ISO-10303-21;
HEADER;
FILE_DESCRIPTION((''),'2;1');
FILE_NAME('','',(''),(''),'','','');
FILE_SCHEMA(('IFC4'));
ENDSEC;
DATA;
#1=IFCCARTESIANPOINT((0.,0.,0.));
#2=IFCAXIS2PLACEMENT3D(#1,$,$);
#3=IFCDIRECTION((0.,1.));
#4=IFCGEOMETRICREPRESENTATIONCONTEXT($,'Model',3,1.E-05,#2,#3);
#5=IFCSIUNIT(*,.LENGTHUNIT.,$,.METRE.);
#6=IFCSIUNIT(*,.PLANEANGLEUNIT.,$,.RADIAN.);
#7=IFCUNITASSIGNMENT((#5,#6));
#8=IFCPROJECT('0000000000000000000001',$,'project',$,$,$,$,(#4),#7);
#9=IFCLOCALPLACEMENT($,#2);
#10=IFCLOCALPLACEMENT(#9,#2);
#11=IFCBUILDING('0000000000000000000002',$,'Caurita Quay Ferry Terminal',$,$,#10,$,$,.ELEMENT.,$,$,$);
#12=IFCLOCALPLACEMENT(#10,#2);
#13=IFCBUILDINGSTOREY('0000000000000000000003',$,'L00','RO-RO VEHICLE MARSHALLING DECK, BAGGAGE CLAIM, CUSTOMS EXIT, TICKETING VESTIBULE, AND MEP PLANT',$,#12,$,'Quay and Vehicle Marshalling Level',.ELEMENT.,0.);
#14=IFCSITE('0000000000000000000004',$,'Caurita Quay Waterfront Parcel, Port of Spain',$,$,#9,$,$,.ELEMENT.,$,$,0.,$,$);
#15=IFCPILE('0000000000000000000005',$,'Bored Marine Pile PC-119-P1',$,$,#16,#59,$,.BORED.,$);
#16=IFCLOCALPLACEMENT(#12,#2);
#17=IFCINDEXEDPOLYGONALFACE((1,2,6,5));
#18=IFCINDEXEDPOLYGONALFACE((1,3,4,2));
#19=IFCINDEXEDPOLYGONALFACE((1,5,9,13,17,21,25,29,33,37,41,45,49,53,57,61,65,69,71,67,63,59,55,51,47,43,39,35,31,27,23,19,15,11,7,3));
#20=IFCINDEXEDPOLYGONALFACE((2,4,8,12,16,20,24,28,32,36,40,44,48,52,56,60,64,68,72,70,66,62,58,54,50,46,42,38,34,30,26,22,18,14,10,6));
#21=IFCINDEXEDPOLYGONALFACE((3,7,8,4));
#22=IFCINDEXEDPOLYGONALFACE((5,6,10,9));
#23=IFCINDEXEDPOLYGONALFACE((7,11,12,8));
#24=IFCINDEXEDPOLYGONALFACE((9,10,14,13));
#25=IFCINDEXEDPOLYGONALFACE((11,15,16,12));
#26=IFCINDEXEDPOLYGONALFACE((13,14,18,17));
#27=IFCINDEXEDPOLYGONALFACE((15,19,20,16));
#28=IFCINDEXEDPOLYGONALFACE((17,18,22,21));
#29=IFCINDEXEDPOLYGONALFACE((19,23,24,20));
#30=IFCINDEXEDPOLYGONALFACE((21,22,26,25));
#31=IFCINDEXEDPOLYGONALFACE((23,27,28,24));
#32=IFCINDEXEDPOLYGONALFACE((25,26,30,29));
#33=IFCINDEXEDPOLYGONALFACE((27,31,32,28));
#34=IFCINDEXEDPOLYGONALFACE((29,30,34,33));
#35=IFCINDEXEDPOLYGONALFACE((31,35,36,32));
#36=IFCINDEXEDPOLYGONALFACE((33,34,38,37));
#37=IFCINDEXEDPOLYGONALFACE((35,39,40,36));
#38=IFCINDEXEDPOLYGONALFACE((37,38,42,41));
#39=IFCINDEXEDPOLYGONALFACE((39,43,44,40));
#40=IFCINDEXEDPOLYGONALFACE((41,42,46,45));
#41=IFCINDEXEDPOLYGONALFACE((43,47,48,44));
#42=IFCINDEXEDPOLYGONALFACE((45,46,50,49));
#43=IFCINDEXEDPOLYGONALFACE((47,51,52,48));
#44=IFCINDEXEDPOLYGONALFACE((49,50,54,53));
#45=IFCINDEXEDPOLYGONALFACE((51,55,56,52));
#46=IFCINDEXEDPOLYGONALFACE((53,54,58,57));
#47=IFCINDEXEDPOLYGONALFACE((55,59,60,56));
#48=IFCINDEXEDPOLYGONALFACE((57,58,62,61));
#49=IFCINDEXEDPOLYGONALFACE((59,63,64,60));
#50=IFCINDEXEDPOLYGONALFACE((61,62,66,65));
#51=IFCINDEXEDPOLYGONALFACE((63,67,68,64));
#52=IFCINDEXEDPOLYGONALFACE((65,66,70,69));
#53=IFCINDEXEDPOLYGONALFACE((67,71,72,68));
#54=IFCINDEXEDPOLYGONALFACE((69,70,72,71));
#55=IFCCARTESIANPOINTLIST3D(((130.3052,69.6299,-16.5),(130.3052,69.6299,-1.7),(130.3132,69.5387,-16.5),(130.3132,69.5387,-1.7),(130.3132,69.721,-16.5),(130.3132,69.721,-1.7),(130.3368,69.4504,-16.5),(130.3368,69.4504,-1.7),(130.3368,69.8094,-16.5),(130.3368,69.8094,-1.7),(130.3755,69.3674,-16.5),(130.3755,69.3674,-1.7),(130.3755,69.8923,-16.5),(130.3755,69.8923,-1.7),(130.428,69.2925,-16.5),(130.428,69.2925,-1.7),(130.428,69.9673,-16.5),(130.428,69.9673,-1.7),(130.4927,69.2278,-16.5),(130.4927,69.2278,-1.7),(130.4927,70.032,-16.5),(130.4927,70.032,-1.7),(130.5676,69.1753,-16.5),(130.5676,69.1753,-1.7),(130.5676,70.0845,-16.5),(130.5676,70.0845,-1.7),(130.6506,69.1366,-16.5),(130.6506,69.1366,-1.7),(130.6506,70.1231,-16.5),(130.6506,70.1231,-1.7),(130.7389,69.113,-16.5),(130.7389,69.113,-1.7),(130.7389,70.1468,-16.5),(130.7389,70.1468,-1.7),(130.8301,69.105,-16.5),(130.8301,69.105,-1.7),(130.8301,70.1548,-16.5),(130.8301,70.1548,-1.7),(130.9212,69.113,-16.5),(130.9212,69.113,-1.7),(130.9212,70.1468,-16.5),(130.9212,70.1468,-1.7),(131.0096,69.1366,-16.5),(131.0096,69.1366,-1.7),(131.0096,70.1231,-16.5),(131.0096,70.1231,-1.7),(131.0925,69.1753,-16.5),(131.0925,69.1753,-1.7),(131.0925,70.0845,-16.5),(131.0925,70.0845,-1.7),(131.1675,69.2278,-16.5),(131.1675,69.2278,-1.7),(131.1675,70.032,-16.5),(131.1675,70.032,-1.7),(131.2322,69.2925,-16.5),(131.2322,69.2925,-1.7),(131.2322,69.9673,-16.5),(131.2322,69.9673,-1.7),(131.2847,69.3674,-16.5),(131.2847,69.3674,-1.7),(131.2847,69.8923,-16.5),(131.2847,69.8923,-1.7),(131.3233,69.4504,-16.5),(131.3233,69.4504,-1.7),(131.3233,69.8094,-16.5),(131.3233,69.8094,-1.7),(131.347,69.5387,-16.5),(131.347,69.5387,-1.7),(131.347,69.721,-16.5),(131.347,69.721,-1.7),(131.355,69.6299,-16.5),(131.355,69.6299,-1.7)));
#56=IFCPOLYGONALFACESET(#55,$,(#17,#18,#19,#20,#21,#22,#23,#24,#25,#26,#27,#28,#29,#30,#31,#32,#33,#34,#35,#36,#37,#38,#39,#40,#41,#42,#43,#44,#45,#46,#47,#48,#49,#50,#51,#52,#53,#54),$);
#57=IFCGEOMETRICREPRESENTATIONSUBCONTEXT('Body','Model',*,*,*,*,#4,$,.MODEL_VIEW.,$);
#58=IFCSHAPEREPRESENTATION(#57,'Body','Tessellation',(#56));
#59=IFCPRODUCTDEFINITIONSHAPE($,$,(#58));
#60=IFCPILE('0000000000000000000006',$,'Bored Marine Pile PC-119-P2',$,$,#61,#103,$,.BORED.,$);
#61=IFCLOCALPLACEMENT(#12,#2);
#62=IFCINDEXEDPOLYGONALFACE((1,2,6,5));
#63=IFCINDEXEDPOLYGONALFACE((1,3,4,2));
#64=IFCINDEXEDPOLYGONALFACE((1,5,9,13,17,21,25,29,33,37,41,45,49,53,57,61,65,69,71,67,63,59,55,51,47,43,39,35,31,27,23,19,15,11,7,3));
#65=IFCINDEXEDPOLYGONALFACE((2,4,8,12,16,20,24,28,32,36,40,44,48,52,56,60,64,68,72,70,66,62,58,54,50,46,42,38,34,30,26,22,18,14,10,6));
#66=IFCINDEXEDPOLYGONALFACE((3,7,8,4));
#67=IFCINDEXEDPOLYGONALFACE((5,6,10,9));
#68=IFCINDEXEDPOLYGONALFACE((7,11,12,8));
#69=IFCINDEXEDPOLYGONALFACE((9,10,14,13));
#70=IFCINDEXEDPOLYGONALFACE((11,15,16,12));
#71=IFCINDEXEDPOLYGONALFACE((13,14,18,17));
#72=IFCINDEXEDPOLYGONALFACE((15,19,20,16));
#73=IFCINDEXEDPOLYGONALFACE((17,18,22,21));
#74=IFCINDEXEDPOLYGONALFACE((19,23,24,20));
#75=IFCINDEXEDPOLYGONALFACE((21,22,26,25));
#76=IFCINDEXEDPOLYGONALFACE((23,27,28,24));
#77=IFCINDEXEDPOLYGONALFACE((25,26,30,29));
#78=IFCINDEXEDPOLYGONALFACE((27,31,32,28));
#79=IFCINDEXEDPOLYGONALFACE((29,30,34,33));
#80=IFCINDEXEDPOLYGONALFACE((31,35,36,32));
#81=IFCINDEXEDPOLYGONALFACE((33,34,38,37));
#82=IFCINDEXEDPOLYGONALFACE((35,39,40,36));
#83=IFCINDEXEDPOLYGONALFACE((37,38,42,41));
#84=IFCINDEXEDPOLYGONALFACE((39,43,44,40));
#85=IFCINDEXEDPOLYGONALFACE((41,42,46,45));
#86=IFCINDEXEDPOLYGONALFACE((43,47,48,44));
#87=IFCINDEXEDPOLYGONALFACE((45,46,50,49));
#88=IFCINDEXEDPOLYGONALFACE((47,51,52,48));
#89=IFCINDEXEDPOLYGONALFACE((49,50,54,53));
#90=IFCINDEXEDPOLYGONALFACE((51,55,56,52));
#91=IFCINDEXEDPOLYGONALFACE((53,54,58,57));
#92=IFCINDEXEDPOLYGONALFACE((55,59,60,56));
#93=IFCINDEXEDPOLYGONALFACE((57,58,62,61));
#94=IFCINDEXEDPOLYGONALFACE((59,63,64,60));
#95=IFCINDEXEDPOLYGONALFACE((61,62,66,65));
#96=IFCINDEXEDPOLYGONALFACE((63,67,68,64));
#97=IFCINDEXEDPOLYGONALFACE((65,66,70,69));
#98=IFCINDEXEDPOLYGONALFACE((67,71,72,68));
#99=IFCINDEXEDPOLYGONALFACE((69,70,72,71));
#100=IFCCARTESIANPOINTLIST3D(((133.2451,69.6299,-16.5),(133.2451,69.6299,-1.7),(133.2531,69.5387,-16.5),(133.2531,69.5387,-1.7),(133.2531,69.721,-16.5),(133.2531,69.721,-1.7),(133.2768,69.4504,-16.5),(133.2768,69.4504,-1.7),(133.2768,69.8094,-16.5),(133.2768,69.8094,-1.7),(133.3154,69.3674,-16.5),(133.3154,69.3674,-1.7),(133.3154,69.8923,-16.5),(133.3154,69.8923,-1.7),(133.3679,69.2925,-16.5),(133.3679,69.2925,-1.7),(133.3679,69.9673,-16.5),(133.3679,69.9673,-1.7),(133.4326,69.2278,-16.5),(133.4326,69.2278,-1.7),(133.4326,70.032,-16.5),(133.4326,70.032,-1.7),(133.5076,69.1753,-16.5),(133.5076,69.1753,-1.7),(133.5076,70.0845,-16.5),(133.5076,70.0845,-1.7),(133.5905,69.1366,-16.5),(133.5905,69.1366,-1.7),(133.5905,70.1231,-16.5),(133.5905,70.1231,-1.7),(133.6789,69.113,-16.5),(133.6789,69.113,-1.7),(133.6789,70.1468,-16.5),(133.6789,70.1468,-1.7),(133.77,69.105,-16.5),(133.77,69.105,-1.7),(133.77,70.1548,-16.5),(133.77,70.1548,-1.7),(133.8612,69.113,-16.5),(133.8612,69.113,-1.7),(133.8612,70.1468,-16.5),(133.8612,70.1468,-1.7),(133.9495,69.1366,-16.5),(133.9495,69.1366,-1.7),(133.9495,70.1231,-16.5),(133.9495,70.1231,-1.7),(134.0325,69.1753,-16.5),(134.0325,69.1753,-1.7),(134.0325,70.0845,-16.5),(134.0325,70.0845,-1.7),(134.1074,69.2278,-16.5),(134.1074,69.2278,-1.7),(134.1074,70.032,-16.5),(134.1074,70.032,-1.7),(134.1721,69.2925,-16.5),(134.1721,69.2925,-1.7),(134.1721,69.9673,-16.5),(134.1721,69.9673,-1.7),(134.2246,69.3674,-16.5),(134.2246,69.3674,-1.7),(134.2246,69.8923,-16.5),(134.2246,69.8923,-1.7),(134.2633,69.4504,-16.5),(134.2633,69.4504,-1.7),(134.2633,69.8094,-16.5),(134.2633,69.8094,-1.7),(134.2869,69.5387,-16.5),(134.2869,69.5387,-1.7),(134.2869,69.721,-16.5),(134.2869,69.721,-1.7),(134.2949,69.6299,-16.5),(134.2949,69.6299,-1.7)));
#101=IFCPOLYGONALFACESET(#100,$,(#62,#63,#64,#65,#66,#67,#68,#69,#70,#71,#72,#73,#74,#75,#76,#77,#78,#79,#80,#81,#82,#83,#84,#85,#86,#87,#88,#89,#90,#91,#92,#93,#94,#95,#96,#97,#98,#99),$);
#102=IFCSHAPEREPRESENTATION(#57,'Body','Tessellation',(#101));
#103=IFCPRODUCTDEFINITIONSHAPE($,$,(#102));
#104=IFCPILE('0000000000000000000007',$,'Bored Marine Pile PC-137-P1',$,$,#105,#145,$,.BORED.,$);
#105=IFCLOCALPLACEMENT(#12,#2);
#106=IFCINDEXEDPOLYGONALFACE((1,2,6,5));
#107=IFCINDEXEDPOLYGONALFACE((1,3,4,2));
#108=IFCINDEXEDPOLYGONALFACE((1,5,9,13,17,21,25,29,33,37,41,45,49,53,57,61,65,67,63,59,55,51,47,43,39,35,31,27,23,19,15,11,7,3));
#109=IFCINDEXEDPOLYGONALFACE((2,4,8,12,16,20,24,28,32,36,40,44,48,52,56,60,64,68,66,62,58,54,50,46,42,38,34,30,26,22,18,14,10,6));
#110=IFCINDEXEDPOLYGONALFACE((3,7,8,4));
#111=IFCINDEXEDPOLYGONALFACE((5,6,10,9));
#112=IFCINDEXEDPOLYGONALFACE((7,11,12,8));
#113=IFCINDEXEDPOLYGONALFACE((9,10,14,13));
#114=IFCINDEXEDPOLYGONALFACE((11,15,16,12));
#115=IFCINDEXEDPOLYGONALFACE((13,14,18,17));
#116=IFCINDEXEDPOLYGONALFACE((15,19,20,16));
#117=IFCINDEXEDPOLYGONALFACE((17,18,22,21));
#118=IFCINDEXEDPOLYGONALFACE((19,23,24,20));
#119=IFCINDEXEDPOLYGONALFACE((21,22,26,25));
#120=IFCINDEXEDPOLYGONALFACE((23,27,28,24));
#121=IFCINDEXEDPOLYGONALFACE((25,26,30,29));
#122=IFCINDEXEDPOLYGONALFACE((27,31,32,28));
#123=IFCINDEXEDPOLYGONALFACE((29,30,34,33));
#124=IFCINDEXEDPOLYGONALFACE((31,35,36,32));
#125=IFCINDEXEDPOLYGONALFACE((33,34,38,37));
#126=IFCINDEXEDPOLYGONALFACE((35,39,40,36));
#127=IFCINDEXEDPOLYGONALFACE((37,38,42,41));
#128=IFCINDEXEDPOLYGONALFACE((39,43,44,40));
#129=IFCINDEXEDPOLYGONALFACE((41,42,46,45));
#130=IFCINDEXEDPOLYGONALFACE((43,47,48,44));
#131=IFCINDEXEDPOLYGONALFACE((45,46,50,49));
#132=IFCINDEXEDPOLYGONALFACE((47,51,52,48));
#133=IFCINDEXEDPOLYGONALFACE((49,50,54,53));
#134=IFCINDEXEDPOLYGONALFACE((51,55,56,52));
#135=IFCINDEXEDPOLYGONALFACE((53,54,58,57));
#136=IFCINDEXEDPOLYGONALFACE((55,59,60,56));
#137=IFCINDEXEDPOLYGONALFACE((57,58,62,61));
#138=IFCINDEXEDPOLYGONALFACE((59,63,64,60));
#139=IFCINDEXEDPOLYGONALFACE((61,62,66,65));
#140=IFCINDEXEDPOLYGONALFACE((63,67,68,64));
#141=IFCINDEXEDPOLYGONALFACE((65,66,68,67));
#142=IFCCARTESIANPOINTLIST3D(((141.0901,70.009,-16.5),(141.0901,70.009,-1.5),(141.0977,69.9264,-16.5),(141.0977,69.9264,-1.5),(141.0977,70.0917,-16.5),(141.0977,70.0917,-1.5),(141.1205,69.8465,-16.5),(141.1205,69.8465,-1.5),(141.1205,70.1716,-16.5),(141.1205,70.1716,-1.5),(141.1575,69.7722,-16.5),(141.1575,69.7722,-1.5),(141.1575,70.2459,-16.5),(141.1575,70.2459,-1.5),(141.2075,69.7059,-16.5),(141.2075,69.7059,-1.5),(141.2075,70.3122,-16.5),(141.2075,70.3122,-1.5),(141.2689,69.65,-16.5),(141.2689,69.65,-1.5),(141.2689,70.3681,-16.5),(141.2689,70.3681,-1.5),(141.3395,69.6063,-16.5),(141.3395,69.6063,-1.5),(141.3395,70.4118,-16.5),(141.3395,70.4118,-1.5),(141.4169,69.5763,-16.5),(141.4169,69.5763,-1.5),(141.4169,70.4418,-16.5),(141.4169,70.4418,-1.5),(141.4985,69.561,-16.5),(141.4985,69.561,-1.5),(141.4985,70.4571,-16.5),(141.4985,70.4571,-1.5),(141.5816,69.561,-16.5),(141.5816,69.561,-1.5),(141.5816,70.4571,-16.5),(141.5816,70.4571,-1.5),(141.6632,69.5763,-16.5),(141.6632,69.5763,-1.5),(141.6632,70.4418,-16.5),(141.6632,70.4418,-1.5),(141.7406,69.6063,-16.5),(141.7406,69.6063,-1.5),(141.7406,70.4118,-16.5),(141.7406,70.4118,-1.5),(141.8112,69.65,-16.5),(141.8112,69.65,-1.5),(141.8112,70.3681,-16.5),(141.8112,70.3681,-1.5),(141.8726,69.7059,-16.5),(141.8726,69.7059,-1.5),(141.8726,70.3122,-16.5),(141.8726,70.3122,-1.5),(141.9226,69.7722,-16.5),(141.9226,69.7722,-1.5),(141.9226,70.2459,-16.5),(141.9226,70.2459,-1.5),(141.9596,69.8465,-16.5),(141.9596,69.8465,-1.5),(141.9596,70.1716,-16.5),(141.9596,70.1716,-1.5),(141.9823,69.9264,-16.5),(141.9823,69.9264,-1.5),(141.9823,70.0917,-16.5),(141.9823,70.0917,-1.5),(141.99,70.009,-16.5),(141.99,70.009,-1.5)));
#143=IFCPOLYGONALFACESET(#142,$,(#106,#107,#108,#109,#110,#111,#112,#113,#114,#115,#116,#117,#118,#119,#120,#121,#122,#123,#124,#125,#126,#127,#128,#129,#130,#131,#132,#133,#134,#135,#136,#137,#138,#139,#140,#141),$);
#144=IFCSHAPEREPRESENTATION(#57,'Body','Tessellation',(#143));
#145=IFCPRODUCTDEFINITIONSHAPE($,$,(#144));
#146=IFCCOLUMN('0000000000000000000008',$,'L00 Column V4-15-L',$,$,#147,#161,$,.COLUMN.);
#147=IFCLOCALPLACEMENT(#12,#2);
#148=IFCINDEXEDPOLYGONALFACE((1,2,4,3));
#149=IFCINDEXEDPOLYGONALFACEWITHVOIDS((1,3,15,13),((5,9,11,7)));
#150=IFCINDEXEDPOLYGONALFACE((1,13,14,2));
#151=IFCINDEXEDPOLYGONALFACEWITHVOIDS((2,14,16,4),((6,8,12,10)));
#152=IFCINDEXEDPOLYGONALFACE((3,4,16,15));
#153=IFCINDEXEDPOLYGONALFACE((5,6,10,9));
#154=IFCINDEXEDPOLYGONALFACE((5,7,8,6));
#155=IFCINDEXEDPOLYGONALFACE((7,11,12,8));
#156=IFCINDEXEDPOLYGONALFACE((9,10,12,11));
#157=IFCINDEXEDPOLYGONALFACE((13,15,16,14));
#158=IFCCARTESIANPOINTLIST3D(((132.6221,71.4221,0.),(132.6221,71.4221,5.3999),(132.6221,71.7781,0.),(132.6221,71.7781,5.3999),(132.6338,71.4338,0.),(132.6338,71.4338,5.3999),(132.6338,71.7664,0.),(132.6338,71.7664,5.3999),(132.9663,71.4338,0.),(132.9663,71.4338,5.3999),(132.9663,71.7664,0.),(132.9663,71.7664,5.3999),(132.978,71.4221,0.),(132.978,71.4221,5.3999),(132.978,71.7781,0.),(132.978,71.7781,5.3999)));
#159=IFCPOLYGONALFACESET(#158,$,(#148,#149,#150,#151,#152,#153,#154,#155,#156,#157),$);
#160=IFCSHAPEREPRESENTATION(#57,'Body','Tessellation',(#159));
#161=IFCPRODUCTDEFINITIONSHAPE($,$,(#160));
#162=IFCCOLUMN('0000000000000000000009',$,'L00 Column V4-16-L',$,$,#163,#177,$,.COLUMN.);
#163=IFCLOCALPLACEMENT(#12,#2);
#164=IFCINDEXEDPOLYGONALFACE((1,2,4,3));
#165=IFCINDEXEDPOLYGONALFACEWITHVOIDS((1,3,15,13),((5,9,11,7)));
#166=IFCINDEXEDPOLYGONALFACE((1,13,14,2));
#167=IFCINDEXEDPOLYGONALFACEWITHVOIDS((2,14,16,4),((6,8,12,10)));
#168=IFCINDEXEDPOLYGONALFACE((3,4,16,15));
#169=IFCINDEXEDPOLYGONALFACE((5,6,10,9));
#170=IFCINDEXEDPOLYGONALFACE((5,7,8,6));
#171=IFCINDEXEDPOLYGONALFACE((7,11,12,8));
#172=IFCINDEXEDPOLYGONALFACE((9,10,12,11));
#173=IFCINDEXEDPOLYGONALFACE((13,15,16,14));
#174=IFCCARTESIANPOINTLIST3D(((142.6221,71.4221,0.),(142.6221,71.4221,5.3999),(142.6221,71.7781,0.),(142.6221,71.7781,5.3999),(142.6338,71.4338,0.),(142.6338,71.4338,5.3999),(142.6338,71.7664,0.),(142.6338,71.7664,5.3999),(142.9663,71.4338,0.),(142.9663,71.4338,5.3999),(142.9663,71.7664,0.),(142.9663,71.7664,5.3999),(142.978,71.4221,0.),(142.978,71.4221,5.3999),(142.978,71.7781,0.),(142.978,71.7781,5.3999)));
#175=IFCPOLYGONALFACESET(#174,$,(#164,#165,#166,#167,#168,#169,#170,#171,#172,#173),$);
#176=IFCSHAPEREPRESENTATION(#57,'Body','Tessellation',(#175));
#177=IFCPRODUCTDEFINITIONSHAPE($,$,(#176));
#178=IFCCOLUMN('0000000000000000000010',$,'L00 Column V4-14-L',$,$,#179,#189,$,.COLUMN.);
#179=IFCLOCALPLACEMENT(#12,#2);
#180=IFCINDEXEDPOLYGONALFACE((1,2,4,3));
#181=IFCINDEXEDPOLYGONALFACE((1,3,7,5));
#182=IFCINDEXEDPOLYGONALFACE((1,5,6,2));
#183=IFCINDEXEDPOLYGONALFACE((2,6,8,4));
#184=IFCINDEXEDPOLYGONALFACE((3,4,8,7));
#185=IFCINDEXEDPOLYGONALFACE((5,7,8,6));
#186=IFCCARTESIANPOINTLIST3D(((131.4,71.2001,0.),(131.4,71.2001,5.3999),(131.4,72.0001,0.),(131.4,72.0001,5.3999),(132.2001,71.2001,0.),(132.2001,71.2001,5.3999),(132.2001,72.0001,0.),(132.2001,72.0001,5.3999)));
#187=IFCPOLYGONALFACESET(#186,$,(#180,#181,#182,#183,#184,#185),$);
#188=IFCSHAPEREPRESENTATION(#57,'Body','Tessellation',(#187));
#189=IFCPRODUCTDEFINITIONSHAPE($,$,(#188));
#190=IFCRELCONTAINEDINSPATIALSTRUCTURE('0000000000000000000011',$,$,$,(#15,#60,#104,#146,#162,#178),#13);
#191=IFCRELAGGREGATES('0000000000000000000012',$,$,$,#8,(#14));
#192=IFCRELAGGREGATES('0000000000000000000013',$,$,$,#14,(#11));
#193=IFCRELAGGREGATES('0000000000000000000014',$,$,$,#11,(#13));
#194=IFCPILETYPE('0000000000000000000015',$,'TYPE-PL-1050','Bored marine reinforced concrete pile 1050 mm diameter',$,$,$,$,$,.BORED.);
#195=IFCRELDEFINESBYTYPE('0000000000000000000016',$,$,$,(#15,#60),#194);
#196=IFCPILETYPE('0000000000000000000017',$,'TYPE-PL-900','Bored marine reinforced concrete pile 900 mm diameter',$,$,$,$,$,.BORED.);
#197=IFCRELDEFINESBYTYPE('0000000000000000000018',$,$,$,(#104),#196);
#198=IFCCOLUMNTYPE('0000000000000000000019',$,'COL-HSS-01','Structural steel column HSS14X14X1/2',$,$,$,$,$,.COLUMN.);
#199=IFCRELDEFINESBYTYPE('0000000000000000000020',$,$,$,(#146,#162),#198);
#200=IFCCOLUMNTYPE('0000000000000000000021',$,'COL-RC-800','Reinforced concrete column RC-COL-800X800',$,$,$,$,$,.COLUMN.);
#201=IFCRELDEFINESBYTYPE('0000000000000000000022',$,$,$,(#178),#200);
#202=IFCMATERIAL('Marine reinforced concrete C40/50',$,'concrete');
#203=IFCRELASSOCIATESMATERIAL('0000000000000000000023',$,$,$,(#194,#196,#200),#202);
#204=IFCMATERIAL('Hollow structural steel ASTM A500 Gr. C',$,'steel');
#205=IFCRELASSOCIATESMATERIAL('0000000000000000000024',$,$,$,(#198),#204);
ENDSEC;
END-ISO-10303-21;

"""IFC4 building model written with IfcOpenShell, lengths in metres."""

from ifc_helpers import new_model, si_unit, direction, frame, origin, origin_2d, place, context, subcontext, project, spatial, rectangle, hollow_rectangle, circle, extrude, material, material_profile, profile_set, type_object, element, save


model = new_model("IFC4")

# Units and contexts
model_context = context("Model", 3, precision=1e-05, world=origin(), true_north=direction((0.0, 1.0)))
body_context = subcontext(model_context, "Body", "Model", "MODEL_VIEW")
ifc_project = project(units=[si_unit("LENGTHUNIT", "METRE"), si_unit("PLANEANGLEUNIT", "RADIAN")], contexts=[model_context])

# Site, building, storey
site_placement = place(None, origin())
site = spatial("IfcSite", under=ifc_project, at=site_placement, Name="Caurita Quay Waterfront Parcel, Port of Spain", CompositionType="ELEMENT", RefElevation=0.0)
building_placement = place(site_placement, origin())
building = spatial("IfcBuilding", under=site, at=building_placement, Name="Caurita Quay Ferry Terminal", CompositionType="ELEMENT")
storey_placement = place(building_placement, origin())
storey = spatial("IfcBuildingStorey", under=building, at=storey_placement, Name="L00", Description="RO-RO VEHICLE MARSHALLING DECK, BAGGAGE CLAIM, CUSTOMS EXIT, TICKETING VESTIBULE, AND MEP PLANT", LongName="Quay and Vehicle Marshalling Level", CompositionType="ELEMENT", Elevation=0.0)

# Piles
ifc_material_1 = material(Name="Marine reinforced concrete C40/50", Category="concrete")
ifc_material_profile_1 = material_profile(ifc_material_1, circle(Radius=0.5249, at=origin_2d()), Name="PILE-D1050")
ifc_profile_set_1 = profile_set([ifc_material_profile_1], Name="Marine reinforced concrete C40/50")
pile_type_1 = type_object("IfcPileType", Name="TYPE-PL-1050", Description="Bored marine reinforced concrete pile 1050 mm diameter", PredefinedType="BORED", material=ifc_profile_set_1)
for number, where, z_axis, x_axis, name in (
    (1, (130.8301, 69.6299, -1.7), (0.0, 0.0, -1.0), (1.0, 0.0, 0.0), "Bored Marine Pile PC-119-P1"),
    (2, (133.77, 69.6299, -1.7), (0.0, 0.0, -1.0), (1.0, 0.0, 0.0), "Bored Marine Pile PC-119-P2"),
):
    element("IfcPile", number, at=place(storey_placement, frame(where, z_axis=z_axis, x_axis=x_axis)), inside=storey, type_object=pile_type_1, Name=name, PredefinedType="BORED", context=body_context, shape_type="SweptSolid", body=[
        extrude(circle(Radius=0.5249, at=origin_2d()), origin(), (0.0, 0.0, 1.0), 14.8),
    ])
ifc_material_profile_2 = material_profile(ifc_material_1, circle(Radius=0.45, at=origin_2d()), Name="PILE-D900")
ifc_profile_set_2 = profile_set([ifc_material_profile_2], Name="Marine reinforced concrete C40/50")
pile_type_2 = type_object("IfcPileType", Name="TYPE-PL-900", Description="Bored marine reinforced concrete pile 900 mm diameter", PredefinedType="BORED", material=ifc_profile_set_2)
pile_placement = place(storey_placement, frame((141.54, 70.009, -1.5), z_axis=(0.0, 0.0, -1.0), x_axis=(1.0, 0.0, 0.0)))
element("IfcPile", 3, at=pile_placement, inside=storey, type_object=pile_type_2, Name="Bored Marine Pile PC-137-P1", PredefinedType="BORED", context=body_context, shape_type="SweptSolid", body=[
    extrude(circle(Radius=0.45, at=origin_2d()), origin(), (0.0, 0.0, 1.0), 15.0),
])

# Columns
ifc_material_2 = material(Name="Hollow structural steel ASTM A500 Gr. C", Category="steel")
ifc_material_profile_3 = material_profile(ifc_material_2, hollow_rectangle(XDim=0.356, YDim=0.356, WallThickness=0.0117, at=origin_2d()), Name="HSS14X14X1/2")
ifc_profile_set_3 = profile_set([ifc_material_profile_3], Name="Hollow structural steel ASTM A500 Gr. C")
column_type_1 = type_object("IfcColumnType", Name="COL-HSS-01", Description="Structural steel column HSS14X14X1/2", PredefinedType="COLUMN", material=ifc_profile_set_3)
for number, where, z_axis, x_axis, name in (
    (4, (132.8, 71.6001, 0.0), (0.0, 0.0, 1.0), (1.0, 0.0, 0.0), "L00 Column V4-15-L"),
    (5, (142.8, 71.6001, 0.0), (0.0, 0.0, 1.0), (1.0, 0.0, 0.0), "L00 Column V4-16-L"),
):
    element("IfcColumn", number, at=place(storey_placement, frame(where, z_axis=z_axis, x_axis=x_axis)), inside=storey, type_object=column_type_1, Name=name, PredefinedType="COLUMN", context=body_context, shape_type="SweptSolid", body=[
        extrude(hollow_rectangle(XDim=0.356, YDim=0.356, WallThickness=0.0117, at=origin_2d()), origin(), (0.0, 0.0, 1.0), 5.3999),
    ])
ifc_material_profile_4 = material_profile(ifc_material_1, rectangle(XDim=0.8, YDim=0.8, at=origin_2d()), Name="RC-COL-800X800")
ifc_profile_set_4 = profile_set([ifc_material_profile_4], Name="Marine reinforced concrete C40/50")
column_type_2 = type_object("IfcColumnType", Name="COL-RC-800", Description="Reinforced concrete column RC-COL-800X800", PredefinedType="COLUMN", material=ifc_profile_set_4)
column_1_placement = place(storey_placement, frame((131.8, 71.6001, 0.0), z_axis=(0.0, 0.0, 1.0), x_axis=(1.0, 0.0, 0.0)))
element("IfcColumn", 6, at=column_1_placement, inside=storey, type_object=column_type_2, Name="L00 Column V4-14-L", PredefinedType="COLUMN", context=body_context, shape_type="SweptSolid", body=[
    extrude(rectangle(XDim=0.8, YDim=0.8, at=origin_2d()), origin(), (0.0, 0.0, 1.0), 5.3999),
])

save(model, "model.ifc")
